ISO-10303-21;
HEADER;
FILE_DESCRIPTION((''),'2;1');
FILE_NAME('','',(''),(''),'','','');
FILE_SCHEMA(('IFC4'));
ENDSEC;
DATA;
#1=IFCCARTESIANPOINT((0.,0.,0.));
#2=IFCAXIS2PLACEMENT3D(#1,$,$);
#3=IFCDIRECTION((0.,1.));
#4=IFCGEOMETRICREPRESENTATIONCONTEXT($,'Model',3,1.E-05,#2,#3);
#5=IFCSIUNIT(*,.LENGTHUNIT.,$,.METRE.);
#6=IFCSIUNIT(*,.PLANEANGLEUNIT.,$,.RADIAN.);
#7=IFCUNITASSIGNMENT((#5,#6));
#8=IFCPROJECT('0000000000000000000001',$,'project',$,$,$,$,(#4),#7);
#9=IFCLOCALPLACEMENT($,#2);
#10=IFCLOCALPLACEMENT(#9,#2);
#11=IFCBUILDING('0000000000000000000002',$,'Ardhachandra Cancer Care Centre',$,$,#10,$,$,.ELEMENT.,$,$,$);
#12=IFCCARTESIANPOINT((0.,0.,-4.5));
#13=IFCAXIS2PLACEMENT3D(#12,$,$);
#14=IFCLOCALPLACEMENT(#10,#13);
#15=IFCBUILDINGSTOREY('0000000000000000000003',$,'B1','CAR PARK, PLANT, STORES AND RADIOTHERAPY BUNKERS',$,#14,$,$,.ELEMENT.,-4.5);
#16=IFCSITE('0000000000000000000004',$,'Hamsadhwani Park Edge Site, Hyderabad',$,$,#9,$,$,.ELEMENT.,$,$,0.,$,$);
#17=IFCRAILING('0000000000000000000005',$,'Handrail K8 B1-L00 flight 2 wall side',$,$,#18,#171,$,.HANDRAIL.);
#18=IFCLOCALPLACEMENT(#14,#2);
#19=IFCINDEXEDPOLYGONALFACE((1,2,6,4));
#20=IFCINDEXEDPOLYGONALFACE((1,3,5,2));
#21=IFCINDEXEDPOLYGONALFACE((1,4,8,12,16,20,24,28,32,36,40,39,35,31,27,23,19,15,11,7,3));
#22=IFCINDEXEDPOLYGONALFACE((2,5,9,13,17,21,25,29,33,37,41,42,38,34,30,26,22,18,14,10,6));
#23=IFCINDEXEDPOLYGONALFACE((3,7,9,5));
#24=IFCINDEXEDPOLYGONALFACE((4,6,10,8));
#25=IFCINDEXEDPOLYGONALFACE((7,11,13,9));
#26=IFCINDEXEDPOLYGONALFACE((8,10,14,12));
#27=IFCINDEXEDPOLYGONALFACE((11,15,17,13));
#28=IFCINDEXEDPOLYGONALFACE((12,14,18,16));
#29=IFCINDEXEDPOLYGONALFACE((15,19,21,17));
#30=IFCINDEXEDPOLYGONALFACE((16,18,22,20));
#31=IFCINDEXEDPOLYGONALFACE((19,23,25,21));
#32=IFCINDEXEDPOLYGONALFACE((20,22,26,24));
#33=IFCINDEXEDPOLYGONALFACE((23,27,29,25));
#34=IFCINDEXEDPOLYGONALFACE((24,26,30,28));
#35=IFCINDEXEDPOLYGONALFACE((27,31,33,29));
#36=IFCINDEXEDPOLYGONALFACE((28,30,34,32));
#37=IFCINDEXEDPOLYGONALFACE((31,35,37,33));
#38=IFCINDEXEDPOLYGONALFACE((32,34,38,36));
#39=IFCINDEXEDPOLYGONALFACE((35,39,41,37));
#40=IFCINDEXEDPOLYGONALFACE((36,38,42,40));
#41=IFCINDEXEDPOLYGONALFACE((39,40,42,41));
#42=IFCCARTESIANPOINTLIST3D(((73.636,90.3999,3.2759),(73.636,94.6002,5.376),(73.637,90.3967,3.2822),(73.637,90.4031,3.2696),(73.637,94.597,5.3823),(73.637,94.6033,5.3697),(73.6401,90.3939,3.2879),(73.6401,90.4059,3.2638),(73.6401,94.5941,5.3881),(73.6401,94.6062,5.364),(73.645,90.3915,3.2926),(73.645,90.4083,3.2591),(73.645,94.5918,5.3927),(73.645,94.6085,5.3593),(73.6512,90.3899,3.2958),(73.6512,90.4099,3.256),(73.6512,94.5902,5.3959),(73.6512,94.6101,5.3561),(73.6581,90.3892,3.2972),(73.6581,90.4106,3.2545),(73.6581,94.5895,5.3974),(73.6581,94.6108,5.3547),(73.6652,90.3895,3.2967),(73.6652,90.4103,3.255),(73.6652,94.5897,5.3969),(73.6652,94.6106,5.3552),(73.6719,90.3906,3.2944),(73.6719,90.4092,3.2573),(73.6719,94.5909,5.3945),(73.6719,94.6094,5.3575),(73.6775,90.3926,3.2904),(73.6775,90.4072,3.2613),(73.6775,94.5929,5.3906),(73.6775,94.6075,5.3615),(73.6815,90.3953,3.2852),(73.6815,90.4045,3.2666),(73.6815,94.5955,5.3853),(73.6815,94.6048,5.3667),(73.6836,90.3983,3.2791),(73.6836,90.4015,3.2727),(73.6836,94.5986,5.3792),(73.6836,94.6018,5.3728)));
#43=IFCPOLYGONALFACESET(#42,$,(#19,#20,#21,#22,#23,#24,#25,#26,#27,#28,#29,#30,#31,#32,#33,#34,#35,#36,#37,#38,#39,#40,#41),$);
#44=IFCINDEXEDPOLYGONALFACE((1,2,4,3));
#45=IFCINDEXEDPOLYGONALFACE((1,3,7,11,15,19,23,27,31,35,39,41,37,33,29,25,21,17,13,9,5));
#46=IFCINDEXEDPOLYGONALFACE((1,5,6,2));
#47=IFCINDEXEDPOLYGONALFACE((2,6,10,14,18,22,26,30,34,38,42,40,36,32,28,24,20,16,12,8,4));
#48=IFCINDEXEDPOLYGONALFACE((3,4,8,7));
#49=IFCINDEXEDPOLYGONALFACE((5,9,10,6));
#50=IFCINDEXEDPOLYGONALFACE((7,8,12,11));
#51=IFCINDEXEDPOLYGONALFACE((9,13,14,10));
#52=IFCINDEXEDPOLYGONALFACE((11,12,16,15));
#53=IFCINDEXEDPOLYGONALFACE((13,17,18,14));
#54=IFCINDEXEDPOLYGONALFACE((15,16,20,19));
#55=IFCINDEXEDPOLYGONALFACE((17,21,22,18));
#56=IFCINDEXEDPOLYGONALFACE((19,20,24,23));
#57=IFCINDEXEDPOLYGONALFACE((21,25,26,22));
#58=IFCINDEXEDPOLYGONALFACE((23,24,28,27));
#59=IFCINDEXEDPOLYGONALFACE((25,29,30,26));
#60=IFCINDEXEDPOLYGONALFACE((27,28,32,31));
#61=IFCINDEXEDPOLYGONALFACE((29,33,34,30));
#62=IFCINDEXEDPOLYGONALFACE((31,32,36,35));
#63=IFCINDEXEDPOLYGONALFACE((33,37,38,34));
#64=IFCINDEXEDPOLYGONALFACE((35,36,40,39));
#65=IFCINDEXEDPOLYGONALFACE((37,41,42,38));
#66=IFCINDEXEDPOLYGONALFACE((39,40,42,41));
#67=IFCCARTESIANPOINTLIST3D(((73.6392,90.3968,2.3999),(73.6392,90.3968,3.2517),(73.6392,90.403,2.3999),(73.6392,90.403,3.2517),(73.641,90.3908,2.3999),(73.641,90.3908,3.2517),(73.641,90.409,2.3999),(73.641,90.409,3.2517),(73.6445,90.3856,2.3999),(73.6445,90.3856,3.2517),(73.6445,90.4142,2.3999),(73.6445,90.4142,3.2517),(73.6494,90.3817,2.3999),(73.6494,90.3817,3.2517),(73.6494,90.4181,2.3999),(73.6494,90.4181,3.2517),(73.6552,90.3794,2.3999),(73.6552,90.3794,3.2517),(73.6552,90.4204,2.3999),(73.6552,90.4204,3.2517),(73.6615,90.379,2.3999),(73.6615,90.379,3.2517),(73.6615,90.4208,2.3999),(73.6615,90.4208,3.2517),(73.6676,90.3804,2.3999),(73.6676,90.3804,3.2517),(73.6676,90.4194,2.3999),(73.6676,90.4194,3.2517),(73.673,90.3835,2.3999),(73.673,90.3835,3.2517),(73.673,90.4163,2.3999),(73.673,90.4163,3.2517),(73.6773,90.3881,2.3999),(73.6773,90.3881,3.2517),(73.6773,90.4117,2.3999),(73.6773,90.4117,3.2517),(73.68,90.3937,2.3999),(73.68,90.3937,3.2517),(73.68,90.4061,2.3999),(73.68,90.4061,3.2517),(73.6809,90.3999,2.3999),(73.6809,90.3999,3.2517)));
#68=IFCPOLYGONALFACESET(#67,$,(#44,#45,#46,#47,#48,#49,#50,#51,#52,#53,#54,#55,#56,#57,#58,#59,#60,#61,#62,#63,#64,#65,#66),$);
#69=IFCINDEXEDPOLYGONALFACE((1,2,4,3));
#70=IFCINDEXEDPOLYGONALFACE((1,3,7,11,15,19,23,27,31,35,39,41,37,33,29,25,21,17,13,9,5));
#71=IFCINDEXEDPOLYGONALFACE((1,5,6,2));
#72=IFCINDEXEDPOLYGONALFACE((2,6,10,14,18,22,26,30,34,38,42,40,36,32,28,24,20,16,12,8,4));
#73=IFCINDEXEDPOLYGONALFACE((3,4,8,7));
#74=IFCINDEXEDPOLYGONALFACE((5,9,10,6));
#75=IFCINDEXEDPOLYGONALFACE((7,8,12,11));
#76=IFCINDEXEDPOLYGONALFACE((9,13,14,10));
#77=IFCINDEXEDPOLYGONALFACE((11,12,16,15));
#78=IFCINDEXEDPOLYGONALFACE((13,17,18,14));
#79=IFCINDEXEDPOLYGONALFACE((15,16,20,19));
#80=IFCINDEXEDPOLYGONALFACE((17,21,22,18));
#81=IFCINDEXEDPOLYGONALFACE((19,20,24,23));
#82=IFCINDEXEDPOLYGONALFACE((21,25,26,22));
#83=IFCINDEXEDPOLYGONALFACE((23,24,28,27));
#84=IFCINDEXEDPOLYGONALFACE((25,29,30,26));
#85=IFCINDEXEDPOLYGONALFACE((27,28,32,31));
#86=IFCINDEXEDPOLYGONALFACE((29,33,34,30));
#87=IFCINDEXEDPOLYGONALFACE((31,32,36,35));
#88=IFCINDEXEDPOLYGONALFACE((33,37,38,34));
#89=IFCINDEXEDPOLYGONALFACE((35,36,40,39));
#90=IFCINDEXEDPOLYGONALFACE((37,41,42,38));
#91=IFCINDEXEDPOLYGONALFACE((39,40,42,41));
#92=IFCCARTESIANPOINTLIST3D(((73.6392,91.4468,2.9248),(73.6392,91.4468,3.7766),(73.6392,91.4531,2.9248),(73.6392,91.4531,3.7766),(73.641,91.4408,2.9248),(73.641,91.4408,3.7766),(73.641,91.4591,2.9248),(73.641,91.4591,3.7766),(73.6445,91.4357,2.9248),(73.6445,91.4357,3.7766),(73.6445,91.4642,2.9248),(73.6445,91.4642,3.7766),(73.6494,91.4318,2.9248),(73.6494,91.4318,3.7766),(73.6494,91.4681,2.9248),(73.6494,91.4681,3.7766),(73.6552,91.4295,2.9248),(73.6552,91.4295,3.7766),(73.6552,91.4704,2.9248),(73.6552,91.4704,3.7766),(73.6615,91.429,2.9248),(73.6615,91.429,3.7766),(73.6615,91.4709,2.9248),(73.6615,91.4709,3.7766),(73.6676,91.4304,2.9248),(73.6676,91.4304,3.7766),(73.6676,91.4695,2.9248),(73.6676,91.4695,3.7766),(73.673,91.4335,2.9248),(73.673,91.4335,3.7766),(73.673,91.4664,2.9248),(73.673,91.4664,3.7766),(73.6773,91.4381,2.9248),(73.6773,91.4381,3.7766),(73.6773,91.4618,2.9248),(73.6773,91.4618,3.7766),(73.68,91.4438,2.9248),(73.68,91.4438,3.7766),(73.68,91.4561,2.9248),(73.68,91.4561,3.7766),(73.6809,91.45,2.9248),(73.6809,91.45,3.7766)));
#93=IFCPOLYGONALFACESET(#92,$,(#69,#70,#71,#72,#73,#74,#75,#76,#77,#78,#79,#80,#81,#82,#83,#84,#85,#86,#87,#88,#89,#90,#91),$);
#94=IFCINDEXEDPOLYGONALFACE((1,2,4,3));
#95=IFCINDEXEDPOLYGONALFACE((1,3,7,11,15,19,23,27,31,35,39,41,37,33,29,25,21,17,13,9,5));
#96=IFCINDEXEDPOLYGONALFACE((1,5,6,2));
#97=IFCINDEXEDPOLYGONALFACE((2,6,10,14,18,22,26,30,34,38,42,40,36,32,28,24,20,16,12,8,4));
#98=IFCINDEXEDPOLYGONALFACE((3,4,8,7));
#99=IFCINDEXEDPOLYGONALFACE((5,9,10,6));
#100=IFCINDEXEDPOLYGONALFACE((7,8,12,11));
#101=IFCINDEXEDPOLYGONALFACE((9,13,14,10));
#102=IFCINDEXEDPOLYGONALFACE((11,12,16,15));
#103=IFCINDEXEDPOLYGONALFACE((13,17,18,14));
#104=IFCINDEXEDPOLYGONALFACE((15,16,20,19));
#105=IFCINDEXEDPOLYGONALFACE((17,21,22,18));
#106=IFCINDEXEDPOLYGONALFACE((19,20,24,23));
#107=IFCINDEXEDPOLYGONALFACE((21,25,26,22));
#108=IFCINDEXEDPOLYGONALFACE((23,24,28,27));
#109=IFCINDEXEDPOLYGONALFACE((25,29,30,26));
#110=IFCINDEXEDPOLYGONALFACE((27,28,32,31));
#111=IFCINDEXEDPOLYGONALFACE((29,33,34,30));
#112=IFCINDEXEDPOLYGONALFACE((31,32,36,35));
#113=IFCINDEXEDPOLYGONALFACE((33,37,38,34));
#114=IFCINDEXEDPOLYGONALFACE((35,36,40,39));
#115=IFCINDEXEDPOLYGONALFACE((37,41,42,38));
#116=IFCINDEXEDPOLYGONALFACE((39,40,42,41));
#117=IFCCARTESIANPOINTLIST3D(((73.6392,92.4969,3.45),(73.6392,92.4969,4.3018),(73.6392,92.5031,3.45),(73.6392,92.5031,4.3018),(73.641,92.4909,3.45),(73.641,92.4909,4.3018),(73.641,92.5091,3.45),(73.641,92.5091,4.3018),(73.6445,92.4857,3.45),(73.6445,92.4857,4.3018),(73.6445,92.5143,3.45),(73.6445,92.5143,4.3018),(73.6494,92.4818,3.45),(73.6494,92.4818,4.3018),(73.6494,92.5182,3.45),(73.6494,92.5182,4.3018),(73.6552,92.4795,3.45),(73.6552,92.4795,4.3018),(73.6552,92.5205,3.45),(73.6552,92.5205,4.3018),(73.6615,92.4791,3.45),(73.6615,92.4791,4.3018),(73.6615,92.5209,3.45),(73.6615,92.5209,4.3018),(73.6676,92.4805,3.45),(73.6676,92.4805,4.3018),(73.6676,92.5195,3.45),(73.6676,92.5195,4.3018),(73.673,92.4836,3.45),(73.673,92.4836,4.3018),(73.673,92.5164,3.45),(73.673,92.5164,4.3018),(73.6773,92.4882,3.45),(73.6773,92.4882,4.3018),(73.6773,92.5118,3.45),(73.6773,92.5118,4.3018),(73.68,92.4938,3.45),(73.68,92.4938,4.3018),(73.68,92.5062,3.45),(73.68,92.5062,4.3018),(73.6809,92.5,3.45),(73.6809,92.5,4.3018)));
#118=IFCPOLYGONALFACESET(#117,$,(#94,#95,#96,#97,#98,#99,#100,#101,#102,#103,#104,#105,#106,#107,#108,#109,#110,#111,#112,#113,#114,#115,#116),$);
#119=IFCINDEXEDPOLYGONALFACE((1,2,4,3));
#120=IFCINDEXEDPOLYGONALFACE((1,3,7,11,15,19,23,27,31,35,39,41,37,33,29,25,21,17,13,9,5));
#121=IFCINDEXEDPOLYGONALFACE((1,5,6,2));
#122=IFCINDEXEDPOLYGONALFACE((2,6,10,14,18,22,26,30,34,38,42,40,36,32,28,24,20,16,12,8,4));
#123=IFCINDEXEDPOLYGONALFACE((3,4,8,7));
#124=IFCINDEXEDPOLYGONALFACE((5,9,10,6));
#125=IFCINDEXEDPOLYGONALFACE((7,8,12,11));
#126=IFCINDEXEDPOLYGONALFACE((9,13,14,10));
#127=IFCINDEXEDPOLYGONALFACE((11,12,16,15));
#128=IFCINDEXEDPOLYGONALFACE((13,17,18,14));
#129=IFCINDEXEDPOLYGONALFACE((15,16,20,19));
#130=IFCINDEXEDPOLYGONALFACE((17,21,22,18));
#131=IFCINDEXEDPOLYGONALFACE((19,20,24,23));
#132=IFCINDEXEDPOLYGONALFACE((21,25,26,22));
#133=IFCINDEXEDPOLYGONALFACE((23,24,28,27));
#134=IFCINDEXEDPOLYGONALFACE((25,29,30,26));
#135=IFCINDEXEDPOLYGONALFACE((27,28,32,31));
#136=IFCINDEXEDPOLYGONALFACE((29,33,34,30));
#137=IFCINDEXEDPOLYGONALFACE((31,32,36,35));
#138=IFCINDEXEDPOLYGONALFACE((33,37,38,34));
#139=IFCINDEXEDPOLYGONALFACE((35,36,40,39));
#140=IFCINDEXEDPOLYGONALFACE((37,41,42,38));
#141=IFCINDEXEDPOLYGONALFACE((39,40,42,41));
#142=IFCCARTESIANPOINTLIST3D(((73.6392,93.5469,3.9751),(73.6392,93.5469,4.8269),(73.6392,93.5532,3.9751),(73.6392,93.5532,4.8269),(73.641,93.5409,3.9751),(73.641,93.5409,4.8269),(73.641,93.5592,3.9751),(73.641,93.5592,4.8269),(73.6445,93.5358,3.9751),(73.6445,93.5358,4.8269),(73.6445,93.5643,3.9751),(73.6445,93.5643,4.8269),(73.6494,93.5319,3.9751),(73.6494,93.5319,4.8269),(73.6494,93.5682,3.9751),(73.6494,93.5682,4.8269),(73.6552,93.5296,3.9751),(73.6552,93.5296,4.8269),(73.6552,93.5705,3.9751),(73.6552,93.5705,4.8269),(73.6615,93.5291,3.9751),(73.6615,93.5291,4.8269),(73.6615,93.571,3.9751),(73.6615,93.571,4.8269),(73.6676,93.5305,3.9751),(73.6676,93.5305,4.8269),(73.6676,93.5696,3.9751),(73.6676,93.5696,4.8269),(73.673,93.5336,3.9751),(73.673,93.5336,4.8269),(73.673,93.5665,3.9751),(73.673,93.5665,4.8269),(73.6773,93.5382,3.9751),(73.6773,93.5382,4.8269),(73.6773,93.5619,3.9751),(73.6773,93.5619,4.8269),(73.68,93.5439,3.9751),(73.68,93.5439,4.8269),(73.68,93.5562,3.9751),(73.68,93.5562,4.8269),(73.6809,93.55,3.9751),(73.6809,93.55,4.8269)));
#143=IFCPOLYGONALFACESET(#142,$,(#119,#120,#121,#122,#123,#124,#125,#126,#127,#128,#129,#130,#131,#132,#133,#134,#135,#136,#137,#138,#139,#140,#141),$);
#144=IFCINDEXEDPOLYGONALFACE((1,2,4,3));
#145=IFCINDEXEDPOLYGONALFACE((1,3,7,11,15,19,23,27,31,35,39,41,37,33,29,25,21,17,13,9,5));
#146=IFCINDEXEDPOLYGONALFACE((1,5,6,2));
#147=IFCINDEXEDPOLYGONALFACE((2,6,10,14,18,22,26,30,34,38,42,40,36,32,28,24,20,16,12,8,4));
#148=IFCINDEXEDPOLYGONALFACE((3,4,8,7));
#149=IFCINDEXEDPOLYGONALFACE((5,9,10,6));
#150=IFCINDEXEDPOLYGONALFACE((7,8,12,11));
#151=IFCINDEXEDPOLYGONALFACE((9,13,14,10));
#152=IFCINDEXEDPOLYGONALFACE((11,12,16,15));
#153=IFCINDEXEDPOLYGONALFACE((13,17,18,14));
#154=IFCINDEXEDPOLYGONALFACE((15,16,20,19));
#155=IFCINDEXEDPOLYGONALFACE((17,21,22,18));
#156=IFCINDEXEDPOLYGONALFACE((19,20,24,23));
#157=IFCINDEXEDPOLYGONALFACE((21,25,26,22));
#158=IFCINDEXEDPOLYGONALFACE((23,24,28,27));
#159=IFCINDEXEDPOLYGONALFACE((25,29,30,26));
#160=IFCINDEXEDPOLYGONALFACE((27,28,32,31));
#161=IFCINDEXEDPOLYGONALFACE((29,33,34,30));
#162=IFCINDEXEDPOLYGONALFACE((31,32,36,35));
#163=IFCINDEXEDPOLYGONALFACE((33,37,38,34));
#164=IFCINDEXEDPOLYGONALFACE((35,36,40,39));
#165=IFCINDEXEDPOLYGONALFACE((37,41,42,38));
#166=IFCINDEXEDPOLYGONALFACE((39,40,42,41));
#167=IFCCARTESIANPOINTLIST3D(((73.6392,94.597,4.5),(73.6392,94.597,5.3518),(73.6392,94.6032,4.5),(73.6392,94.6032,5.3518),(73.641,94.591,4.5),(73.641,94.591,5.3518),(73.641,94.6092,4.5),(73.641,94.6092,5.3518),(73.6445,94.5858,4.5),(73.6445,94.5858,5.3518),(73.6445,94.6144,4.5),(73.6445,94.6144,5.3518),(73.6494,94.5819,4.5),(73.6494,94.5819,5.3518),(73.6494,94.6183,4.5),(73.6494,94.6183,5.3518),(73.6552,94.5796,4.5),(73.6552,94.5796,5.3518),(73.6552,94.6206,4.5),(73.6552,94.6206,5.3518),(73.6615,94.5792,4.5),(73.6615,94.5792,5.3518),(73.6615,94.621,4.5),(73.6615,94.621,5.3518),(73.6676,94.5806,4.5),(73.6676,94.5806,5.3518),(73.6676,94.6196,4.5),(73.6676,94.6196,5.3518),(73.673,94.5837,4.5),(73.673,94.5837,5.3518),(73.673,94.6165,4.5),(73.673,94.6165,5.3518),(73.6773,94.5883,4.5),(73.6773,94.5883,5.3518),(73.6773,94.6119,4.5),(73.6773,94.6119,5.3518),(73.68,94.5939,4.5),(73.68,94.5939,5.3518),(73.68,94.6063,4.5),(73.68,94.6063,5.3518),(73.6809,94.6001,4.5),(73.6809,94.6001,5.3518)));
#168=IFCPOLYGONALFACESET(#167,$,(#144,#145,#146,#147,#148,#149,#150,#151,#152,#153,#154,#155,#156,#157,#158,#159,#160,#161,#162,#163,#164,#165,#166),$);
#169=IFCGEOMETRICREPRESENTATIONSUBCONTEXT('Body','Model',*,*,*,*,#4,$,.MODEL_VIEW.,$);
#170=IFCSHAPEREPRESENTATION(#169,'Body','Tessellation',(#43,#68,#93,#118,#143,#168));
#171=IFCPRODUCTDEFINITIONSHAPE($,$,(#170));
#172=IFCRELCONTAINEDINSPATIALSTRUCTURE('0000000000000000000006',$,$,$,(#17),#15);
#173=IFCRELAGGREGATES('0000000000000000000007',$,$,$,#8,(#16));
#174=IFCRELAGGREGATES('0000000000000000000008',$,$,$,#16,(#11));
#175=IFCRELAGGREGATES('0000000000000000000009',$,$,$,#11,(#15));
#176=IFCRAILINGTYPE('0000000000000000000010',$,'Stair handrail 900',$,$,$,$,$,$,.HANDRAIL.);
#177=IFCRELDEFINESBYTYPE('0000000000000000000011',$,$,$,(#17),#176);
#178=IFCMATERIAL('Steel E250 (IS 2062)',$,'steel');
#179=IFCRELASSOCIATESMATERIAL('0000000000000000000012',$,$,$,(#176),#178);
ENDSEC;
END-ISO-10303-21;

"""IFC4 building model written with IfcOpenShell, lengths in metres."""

from ifc_helpers import new_model, si_unit, direction, frame, origin, origin_2d, place, context, subcontext, project, spatial, circle, extrude, material, type_object, element, save


model = new_model("IFC4")

# Units and contexts
model_context = context("Model", 3, precision=1e-05, world=origin(), true_north=direction((0.0, 1.0)))
body_context = subcontext(model_context, "Body", "Model", "MODEL_VIEW")
ifc_project = project(units=[si_unit("LENGTHUNIT", "METRE"), si_unit("PLANEANGLEUNIT", "RADIAN")], contexts=[model_context])

# Site, building, storey
site_placement = place(None, origin())
site = spatial("IfcSite", under=ifc_project, at=site_placement, Name="Hamsadhwani Park Edge Site, Hyderabad", CompositionType="ELEMENT", RefElevation=0.0)
building_placement = place(site_placement, origin())
building = spatial("IfcBuilding", under=site, at=building_placement, Name="Ardhachandra Cancer Care Centre", CompositionType="ELEMENT")
storey_placement = place(building_placement, frame((0.0, 0.0, -4.5)))
storey = spatial("IfcBuildingStorey", under=building, at=storey_placement, Name="B1", Description="CAR PARK, PLANT, STORES AND RADIOTHERAPY BUNKERS", CompositionType="ELEMENT", Elevation=-4.5)

# Railing
ifc_material_1 = material(Name="Steel E250 (IS 2062)", Category="steel")
railing_type = type_object("IfcRailingType", Name="Stair handrail 900", PredefinedType="HANDRAIL", material=ifc_material_1)
for number, where, name in (
    (1, (73.6599, 90.3999, 2.3999), "Handrail K8 B1-L00 flight 2 wall side"),
):
    element("IfcRailing", number, at=place(storey_placement, frame(where)), inside=storey, type_object=railing_type, Name=name, PredefinedType="HANDRAIL", context=body_context, shape_type="SweptSolid", body=[
        extrude(circle(Radius=0.0239, at=origin_2d()), frame((0.0, 0.0, 0.876), z_axis=(0.0, 0.894427, 0.447214), x_axis=(-1.0, 0.0, 0.0)), (0.0, 0.0, 1.0), 4.696),
        extrude(circle(Radius=0.021, at=origin_2d()), origin(), (0.0, 0.0, 1.0), 0.8518),
        extrude(circle(Radius=0.021, at=origin_2d()), frame((0.0, 1.05, 0.5249)), (0.0, 0.0, 1.0), 0.8518),
        extrude(circle(Radius=0.021, at=origin_2d()), frame((0.0, 2.1001, 1.05)), (0.0, 0.0, 1.0), 0.8518),
        extrude(circle(Radius=0.021, at=origin_2d()), frame((0.0, 3.1501, 1.5752)), (0.0, 0.0, 1.0), 0.8518),
        extrude(circle(Radius=0.021, at=origin_2d()), frame((0.0, 4.2002, 2.1001)), (0.0, 0.0, 1.0), 0.8518),
    ])

save(model, "model.ifc")
